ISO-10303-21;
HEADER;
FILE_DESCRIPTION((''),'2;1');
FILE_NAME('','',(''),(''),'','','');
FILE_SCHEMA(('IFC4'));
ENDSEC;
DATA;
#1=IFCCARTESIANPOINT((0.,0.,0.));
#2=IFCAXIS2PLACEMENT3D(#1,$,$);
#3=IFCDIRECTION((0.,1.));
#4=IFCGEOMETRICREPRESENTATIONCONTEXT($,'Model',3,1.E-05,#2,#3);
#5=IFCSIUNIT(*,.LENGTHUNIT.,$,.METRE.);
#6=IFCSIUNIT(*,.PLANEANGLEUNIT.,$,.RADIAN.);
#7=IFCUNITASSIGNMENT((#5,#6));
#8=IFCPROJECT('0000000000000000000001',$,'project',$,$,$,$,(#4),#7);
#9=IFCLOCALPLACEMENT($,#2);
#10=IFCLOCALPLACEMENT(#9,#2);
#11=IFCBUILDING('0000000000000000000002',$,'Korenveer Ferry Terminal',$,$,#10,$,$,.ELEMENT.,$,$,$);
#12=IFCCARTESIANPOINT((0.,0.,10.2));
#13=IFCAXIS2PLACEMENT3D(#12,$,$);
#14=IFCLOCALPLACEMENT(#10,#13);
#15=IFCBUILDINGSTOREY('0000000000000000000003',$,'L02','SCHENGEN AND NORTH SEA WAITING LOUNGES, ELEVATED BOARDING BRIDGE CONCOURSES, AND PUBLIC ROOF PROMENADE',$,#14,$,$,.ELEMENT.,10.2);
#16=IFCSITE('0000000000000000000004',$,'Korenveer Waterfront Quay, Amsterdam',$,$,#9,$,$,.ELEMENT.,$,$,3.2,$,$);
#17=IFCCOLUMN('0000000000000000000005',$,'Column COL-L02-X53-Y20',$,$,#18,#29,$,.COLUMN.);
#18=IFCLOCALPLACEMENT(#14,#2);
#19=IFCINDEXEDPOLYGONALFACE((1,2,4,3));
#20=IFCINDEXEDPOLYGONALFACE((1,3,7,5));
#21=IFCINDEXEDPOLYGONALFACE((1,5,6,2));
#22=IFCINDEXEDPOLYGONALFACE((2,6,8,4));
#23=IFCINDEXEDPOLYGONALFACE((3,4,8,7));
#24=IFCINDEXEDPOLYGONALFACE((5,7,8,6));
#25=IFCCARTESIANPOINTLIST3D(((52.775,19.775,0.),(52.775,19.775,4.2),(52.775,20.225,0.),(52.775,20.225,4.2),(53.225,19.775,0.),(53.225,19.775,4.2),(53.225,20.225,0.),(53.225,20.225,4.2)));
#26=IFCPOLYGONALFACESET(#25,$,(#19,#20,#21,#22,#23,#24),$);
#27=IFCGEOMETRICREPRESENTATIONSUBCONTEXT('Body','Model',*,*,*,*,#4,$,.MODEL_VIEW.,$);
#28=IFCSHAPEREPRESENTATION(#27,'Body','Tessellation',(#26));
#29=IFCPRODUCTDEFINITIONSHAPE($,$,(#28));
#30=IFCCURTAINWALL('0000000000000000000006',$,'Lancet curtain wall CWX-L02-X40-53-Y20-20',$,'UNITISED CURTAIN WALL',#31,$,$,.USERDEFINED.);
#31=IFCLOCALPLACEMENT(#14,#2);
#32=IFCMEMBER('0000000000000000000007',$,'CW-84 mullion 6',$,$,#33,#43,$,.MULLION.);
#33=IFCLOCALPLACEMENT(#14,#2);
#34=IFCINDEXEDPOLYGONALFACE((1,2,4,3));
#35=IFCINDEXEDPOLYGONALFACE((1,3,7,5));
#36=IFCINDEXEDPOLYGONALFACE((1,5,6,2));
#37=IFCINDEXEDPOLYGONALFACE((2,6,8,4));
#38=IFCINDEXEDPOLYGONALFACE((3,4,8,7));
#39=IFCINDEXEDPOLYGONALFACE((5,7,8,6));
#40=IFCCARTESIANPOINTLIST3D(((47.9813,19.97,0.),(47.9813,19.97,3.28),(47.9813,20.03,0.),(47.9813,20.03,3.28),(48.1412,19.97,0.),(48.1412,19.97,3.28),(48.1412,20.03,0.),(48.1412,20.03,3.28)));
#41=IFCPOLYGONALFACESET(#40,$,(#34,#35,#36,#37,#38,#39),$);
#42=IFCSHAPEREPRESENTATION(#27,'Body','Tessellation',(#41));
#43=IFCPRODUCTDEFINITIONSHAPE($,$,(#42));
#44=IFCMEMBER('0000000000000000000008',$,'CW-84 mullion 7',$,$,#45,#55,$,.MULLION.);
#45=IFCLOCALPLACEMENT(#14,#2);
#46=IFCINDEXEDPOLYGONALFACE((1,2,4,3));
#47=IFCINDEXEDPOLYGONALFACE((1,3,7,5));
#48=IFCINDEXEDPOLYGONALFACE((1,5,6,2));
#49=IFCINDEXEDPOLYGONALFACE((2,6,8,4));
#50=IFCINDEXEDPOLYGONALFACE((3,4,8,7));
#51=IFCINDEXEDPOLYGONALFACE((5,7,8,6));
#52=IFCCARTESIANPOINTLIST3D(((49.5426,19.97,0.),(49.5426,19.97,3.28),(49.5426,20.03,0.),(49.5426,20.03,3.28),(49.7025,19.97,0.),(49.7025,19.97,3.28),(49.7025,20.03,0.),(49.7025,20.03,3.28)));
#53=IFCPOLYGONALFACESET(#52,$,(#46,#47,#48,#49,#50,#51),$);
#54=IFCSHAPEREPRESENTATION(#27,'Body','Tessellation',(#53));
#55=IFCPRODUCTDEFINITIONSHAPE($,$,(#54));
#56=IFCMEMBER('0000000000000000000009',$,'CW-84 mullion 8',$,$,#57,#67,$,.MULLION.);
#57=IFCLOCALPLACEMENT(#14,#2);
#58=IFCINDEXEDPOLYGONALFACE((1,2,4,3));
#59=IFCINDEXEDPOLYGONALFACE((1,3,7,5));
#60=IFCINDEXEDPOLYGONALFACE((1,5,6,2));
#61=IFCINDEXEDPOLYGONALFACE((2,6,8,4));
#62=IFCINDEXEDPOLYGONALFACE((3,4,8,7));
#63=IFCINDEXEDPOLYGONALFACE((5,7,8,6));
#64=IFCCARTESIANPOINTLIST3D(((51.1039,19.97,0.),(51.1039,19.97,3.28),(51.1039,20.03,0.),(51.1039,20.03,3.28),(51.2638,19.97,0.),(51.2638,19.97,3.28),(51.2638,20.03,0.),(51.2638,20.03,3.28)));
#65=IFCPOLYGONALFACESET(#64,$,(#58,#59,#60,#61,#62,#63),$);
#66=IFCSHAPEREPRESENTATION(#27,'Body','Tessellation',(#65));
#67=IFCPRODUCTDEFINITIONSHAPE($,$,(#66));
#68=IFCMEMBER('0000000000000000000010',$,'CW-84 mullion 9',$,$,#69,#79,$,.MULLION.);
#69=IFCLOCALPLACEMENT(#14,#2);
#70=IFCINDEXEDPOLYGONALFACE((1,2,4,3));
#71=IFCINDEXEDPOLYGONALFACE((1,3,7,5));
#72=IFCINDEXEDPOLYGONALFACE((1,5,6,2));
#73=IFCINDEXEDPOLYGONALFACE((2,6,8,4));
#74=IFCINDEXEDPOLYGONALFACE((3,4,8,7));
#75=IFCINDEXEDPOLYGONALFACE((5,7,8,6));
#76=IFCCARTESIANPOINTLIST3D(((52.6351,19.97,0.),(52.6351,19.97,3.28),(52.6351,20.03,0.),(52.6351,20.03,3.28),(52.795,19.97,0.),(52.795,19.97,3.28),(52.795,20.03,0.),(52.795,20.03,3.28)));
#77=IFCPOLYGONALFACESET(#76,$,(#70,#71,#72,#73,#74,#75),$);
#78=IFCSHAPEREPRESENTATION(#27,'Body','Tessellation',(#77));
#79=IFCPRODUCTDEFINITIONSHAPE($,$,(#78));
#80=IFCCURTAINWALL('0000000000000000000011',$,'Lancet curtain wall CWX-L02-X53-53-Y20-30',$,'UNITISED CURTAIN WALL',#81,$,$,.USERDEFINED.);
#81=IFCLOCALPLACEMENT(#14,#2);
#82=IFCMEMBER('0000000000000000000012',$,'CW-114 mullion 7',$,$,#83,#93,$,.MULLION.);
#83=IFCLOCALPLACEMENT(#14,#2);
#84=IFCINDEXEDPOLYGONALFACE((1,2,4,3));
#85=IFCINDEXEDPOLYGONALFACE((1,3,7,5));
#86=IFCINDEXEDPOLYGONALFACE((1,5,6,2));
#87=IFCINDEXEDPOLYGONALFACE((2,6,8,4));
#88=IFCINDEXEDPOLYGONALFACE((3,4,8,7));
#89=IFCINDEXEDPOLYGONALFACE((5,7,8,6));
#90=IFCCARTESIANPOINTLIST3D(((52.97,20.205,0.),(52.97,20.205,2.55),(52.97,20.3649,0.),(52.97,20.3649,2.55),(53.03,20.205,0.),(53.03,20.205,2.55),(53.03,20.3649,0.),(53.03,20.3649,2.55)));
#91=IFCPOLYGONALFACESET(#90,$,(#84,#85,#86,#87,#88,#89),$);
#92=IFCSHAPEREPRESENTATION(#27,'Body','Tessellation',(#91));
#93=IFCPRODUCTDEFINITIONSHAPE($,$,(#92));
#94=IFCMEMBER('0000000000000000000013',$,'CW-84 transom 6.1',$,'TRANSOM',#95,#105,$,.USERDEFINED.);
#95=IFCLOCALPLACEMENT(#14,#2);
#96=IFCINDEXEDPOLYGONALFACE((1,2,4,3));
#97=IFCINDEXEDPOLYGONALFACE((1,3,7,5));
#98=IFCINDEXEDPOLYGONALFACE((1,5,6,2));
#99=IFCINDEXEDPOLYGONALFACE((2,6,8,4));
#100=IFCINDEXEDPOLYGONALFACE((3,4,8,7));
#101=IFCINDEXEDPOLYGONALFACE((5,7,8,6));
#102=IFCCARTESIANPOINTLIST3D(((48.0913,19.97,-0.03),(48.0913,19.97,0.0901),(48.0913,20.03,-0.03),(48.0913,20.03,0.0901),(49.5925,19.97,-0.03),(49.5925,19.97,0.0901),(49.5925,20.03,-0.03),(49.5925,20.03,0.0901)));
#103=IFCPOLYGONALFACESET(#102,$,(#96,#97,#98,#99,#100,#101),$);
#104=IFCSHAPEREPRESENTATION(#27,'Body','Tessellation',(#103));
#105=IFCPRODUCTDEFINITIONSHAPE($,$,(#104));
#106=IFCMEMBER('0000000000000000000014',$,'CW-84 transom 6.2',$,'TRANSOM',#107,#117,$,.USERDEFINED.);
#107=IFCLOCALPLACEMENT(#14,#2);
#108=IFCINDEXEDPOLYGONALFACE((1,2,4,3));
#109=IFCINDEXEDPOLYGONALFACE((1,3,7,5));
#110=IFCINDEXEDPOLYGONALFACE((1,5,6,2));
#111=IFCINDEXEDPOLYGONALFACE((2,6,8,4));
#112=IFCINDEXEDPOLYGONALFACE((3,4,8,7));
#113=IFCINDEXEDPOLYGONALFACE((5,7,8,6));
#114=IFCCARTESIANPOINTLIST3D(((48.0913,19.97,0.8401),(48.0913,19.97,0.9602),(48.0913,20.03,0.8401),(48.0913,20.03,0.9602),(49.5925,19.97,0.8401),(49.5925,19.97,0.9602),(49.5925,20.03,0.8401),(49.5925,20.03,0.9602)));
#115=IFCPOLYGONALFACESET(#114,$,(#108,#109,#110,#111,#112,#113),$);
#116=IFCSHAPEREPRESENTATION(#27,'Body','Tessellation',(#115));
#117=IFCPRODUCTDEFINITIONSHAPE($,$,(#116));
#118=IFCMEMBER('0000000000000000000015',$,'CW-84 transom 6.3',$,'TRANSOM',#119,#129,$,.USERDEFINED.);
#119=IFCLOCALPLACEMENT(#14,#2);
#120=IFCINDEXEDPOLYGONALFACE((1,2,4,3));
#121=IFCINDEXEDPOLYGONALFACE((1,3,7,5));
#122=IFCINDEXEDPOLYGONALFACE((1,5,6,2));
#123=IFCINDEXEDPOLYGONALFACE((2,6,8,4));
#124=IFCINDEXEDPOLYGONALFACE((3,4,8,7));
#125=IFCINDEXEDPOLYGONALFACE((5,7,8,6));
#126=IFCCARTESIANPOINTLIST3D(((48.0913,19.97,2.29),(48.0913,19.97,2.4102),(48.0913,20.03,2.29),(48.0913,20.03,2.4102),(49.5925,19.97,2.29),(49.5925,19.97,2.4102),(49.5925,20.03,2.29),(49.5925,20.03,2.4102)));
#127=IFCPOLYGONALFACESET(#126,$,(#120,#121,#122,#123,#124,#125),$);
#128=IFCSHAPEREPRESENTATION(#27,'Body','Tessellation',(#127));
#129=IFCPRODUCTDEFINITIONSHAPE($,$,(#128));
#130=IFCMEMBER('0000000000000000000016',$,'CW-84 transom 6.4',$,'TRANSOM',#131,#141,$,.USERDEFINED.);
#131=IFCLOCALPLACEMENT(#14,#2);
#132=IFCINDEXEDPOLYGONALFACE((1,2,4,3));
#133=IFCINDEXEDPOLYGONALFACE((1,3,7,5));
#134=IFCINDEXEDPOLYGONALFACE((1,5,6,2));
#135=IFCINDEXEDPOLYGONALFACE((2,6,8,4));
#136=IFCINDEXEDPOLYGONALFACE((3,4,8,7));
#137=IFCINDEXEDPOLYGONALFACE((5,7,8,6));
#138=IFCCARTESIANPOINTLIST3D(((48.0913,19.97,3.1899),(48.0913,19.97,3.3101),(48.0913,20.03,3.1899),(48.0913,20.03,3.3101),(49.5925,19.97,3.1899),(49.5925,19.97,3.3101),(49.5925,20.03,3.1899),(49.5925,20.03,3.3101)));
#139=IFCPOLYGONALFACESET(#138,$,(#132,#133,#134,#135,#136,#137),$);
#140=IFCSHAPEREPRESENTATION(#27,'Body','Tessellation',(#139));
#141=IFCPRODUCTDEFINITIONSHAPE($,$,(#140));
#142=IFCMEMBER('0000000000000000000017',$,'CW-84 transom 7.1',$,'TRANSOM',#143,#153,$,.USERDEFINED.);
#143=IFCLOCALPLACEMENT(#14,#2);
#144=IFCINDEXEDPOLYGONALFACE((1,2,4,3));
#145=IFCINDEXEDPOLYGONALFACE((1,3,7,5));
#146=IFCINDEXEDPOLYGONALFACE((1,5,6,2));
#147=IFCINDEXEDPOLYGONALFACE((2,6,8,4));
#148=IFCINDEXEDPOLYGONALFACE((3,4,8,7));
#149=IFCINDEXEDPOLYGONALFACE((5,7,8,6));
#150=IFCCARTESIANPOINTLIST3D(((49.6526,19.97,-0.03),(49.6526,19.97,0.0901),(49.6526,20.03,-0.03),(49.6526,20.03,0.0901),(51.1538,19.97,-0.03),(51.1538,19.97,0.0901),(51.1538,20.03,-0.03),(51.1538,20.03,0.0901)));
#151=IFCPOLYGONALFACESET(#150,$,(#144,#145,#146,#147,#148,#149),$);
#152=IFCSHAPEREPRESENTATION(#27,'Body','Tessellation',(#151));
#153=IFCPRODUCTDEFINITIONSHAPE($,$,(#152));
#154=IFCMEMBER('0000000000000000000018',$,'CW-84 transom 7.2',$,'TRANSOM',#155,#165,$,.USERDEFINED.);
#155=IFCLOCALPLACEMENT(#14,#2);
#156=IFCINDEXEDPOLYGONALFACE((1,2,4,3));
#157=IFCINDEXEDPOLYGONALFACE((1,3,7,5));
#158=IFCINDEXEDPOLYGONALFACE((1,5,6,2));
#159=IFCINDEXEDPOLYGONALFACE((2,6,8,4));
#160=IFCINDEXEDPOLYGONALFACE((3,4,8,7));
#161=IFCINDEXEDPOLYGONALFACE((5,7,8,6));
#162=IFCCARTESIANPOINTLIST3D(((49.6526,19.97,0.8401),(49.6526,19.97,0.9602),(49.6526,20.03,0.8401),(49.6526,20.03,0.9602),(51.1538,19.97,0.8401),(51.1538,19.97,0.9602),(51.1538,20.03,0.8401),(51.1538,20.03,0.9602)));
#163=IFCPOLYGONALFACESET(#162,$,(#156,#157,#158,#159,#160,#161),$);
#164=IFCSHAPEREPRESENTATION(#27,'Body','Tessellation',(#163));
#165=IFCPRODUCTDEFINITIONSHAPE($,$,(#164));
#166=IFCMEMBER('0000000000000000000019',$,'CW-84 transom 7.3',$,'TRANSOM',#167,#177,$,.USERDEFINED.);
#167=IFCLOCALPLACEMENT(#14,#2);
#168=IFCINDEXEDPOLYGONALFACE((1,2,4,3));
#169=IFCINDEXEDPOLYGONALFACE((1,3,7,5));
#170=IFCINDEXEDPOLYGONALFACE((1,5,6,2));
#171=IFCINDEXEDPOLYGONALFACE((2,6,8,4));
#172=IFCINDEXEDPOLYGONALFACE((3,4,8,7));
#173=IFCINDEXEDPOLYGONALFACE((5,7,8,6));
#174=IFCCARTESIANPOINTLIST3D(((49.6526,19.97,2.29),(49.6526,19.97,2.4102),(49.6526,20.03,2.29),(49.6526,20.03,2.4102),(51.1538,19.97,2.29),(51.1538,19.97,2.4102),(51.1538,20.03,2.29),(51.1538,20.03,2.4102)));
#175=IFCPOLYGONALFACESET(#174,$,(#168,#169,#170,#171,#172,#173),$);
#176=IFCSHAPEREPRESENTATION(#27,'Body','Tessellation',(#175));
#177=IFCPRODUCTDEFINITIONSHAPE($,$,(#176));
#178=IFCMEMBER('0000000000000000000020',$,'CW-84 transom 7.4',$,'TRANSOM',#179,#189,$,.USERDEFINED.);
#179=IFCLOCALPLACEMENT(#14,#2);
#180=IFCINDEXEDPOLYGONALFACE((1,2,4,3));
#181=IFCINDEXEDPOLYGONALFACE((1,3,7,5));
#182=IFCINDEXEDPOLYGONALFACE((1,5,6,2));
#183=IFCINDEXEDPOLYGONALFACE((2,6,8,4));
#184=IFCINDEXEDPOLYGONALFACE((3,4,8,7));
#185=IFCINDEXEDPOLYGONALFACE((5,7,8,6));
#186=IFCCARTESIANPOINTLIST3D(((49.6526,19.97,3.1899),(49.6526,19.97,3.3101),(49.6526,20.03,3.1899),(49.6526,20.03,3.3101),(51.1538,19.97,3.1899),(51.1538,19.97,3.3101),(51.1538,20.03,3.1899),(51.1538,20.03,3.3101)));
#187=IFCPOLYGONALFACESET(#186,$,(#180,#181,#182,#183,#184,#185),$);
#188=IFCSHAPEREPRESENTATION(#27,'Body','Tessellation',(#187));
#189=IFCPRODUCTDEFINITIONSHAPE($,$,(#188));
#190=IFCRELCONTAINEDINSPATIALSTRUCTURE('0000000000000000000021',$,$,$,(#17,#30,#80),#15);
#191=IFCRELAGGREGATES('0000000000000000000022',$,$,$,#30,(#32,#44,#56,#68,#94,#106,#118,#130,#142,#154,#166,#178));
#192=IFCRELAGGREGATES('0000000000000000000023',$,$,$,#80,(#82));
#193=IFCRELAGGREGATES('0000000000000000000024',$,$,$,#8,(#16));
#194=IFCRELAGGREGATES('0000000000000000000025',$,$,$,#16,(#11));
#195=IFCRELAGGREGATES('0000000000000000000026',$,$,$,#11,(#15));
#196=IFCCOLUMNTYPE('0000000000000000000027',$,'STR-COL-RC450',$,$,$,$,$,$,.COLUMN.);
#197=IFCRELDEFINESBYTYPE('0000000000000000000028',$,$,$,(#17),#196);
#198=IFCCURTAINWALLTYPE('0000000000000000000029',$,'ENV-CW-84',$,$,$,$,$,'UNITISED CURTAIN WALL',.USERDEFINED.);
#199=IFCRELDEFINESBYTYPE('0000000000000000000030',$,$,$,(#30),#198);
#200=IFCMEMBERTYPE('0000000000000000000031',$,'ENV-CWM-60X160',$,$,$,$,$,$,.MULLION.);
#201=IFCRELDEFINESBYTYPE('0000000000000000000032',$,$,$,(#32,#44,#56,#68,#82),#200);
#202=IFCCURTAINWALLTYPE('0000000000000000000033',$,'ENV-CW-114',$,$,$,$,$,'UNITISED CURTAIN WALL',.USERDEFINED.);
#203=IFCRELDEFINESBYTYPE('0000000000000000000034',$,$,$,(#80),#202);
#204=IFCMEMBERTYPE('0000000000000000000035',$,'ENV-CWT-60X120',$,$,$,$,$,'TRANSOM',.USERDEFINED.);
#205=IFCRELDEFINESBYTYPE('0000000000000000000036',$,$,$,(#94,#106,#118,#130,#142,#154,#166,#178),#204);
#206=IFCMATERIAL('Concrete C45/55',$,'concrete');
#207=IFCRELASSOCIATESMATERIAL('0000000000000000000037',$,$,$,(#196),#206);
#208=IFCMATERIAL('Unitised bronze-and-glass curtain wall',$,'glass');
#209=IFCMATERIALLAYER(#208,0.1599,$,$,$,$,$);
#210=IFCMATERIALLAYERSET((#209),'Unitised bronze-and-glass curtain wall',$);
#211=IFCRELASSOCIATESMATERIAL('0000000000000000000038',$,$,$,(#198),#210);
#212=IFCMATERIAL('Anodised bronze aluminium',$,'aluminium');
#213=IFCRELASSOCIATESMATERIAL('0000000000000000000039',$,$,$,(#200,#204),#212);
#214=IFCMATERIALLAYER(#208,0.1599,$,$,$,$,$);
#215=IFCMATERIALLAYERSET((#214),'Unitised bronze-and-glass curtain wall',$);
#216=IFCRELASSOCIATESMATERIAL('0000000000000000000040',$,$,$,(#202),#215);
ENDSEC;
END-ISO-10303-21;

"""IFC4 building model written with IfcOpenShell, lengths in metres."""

from ifc_helpers import new_model, si_unit, direction, frame, origin, origin_2d, place, context, subcontext, project, spatial, rectangle, extrude, material, layer, layer_set, material_profile, profile_set, type_object, element, aggregate, save


model = new_model("IFC4")

# Units and contexts
model_context = context("Model", 3, precision=1e-05, world=origin(), true_north=direction((0.0, 1.0)))
body_context = subcontext(model_context, "Body", "Model", "MODEL_VIEW")
ifc_project = project(units=[si_unit("LENGTHUNIT", "METRE"), si_unit("PLANEANGLEUNIT", "RADIAN")], contexts=[model_context])

# Site, building, storey
site_placement = place(None, origin())
site = spatial("IfcSite", under=ifc_project, at=site_placement, Name="Korenveer Waterfront Quay, Amsterdam", CompositionType="ELEMENT", RefElevation=3.2)
building_placement = place(site_placement, origin())
building = spatial("IfcBuilding", under=site, at=building_placement, Name="Korenveer Ferry Terminal", CompositionType="ELEMENT")
storey_placement = place(building_placement, frame((0.0, 0.0, 10.2)))
storey = spatial("IfcBuildingStorey", under=building, at=storey_placement, Name="L02", Description="SCHENGEN AND NORTH SEA WAITING LOUNGES, ELEVATED BOARDING BRIDGE CONCOURSES, AND PUBLIC ROOF PROMENADE", CompositionType="ELEMENT", Elevation=10.2)

# Column
ifc_material_1 = material(Name="Concrete C45/55", Category="concrete")
ifc_material_profile_1 = material_profile(ifc_material_1, rectangle(XDim=0.45, YDim=0.45, at=origin_2d()), Name="RC 450x450")
ifc_profile_set_1 = profile_set([ifc_material_profile_1], Name="Concrete C45/55")
column_type = type_object("IfcColumnType", Name="STR-COL-RC450", PredefinedType="COLUMN", material=ifc_profile_set_1)
column_placement = place(storey_placement, frame((53.0, 20.0, 0.0), z_axis=(0.0, 0.0, 1.0), x_axis=(1.0, 0.0, 0.0)))
element("IfcColumn", 1, at=column_placement, inside=storey, type_object=column_type, Name="Column COL-L02-X53-Y20", PredefinedType="COLUMN", context=body_context, shape_type="SweptSolid", body=[
    extrude(rectangle(XDim=0.45, YDim=0.45, at=origin_2d()), origin(), (0.0, 0.0, 1.0), 4.2),
])

# Curtain wall, members
ifc_material_2 = material(Name="Unitised bronze-and-glass curtain wall", Category="glass")
ifc_layer_1 = layer(ifc_material_2, 0.1599)
ifc_layer_set_1 = layer_set([ifc_layer_1], Name="Unitised bronze-and-glass curtain wall")
curtain_wall_type_1 = type_object("IfcCurtainWallType", Name="ENV-CW-84", ElementType="UNITISED CURTAIN WALL", PredefinedType="USERDEFINED", material=ifc_layer_set_1)
curtain_wall_1_placement = place(storey_placement, frame((40.2549, 20.0, 0.0)))
curtain_wall_1 = element("IfcCurtainWall", 2, at=curtain_wall_1_placement, inside=storey, type_object=curtain_wall_type_1, Name="Lancet curtain wall CWX-L02-X40-53-Y20-20", ObjectType="UNITISED CURTAIN WALL", PredefinedType="USERDEFINED")
ifc_material_3 = material(Name="Anodised bronze aluminium", Category="aluminium")
ifc_material_profile_2 = material_profile(ifc_material_3, rectangle(XDim=0.0601, YDim=0.1599, at=origin_2d()), Name="ALU 60x160")
ifc_profile_set_2 = profile_set([ifc_material_profile_2], Name="Anodised bronze aluminium")
member_type_1 = type_object("IfcMemberType", Name="ENV-CWM-60X160", PredefinedType="MULLION", material=ifc_profile_set_2)
member_1_placement = place(storey_placement, frame((48.0613, 20.0, 0.0), z_axis=(0.0, 0.0, 1.0), x_axis=(0.0, 1.0, 0.0)))
member_1 = element("IfcMember", 3, at=member_1_placement, type_object=member_type_1, Name="CW-84 mullion 6", PredefinedType="MULLION", context=body_context, shape_type="SweptSolid", body=[
    extrude(rectangle(XDim=0.0601, YDim=0.1599, at=origin_2d()), origin(), (0.0, 0.0, 1.0), 3.28),
])
member_2_placement = place(storey_placement, frame((49.6226, 20.0, 0.0), z_axis=(0.0, 0.0, 1.0), x_axis=(0.0, 1.0, 0.0)))
member_2 = element("IfcMember", 4, at=member_2_placement, type_object=member_type_1, Name="CW-84 mullion 7", PredefinedType="MULLION", context=body_context, shape_type="SweptSolid", body=[
    extrude(rectangle(XDim=0.0601, YDim=0.1599, at=origin_2d()), origin(), (0.0, 0.0, 1.0), 3.28),
])
member_3_placement = place(storey_placement, frame((51.1838, 20.0, 0.0), z_axis=(0.0, 0.0, 1.0), x_axis=(0.0, 1.0, 0.0)))
member_3 = element("IfcMember", 5, at=member_3_placement, type_object=member_type_1, Name="CW-84 mullion 8", PredefinedType="MULLION", context=body_context, shape_type="SweptSolid", body=[
    extrude(rectangle(XDim=0.0601, YDim=0.1599, at=origin_2d()), origin(), (0.0, 0.0, 1.0), 3.28),
])
member_4_placement = place(storey_placement, frame((52.7151, 20.0, 0.0), z_axis=(0.0, 0.0, 1.0), x_axis=(0.0, 1.0, 0.0)))
member_4 = element("IfcMember", 6, at=member_4_placement, type_object=member_type_1, Name="CW-84 mullion 9", PredefinedType="MULLION", context=body_context, shape_type="SweptSolid", body=[
    extrude(rectangle(XDim=0.0601, YDim=0.1599, at=origin_2d()), origin(), (0.0, 0.0, 1.0), 3.28),
])

# Curtain wall, member
ifc_layer_2 = layer(ifc_material_2, 0.1599)
ifc_layer_set_2 = layer_set([ifc_layer_2], Name="Unitised bronze-and-glass curtain wall")
curtain_wall_type_2 = type_object("IfcCurtainWallType", Name="ENV-CW-114", ElementType="UNITISED CURTAIN WALL", PredefinedType="USERDEFINED", material=ifc_layer_set_2)
curtain_wall_2_placement = place(storey_placement, frame((53.0, 29.7451, 0.0)))
curtain_wall_2 = element("IfcCurtainWall", 7, at=curtain_wall_2_placement, inside=storey, type_object=curtain_wall_type_2, Name="Lancet curtain wall CWX-L02-X53-53-Y20-30", ObjectType="UNITISED CURTAIN WALL", PredefinedType="USERDEFINED")
member_5_placement = place(storey_placement, frame((53.0, 20.2849, 0.0), z_axis=(0.0, 0.0, 1.0), x_axis=(1.0, 0.0, 0.0)))
member_5 = element("IfcMember", 8, at=member_5_placement, type_object=member_type_1, Name="CW-114 mullion 7", PredefinedType="MULLION", context=body_context, shape_type="SweptSolid", body=[
    extrude(rectangle(XDim=0.0601, YDim=0.1599, at=origin_2d()), origin(), (0.0, 0.0, 1.0), 2.55),
])

# Members
ifc_material_profile_3 = material_profile(ifc_material_3, rectangle(XDim=0.0601, YDim=0.1201, at=origin_2d()), Name="ALU 60x120")
ifc_profile_set_3 = profile_set([ifc_material_profile_3], Name="Anodised bronze aluminium")
member_type_2 = type_object("IfcMemberType", Name="ENV-CWT-60X120", ElementType="TRANSOM", PredefinedType="USERDEFINED", material=ifc_profile_set_3)
member_6_placement = place(storey_placement, frame((48.0913, 20.0, 0.03), z_axis=(1.0, 0.0, 0.0), x_axis=(0.0, 1.0, 0.0)))
member_6 = element("IfcMember", 9, at=member_6_placement, type_object=member_type_2, Name="CW-84 transom 6.1", ObjectType="TRANSOM", PredefinedType="USERDEFINED", context=body_context, shape_type="SweptSolid", body=[
    extrude(rectangle(XDim=0.0601, YDim=0.1201, at=origin_2d()), origin(), (0.0, 0.0, 1.0), 1.5012),
])
member_7_placement = place(storey_placement, frame((48.0913, 20.0, 0.9001), z_axis=(1.0, 0.0, 0.0), x_axis=(0.0, 1.0, 0.0)))
member_7 = element("IfcMember", 10, at=member_7_placement, type_object=member_type_2, Name="CW-84 transom 6.2", ObjectType="TRANSOM", PredefinedType="USERDEFINED", context=body_context, shape_type="SweptSolid", body=[
    extrude(rectangle(XDim=0.0601, YDim=0.1201, at=origin_2d()), origin(), (0.0, 0.0, 1.0), 1.5012),
])
member_8_placement = place(storey_placement, frame((48.0913, 20.0, 2.3501), z_axis=(1.0, 0.0, 0.0), x_axis=(0.0, 1.0, 0.0)))
member_8 = element("IfcMember", 11, at=member_8_placement, type_object=member_type_2, Name="CW-84 transom 6.3", ObjectType="TRANSOM", PredefinedType="USERDEFINED", context=body_context, shape_type="SweptSolid", body=[
    extrude(rectangle(XDim=0.0601, YDim=0.1201, at=origin_2d()), origin(), (0.0, 0.0, 1.0), 1.5012),
])
member_9_placement = place(storey_placement, frame((48.0913, 20.0, 3.25), z_axis=(1.0, 0.0, 0.0), x_axis=(0.0, 1.0, 0.0)))
member_9 = element("IfcMember", 12, at=member_9_placement, type_object=member_type_2, Name="CW-84 transom 6.4", ObjectType="TRANSOM", PredefinedType="USERDEFINED", context=body_context, shape_type="SweptSolid", body=[
    extrude(rectangle(XDim=0.0601, YDim=0.1201, at=origin_2d()), origin(), (0.0, 0.0, 1.0), 1.5012),
])
member_10_placement = place(storey_placement, frame((49.6526, 20.0, 0.03), z_axis=(1.0, 0.0, 0.0), x_axis=(0.0, 1.0, 0.0)))
member_10 = element("IfcMember", 13, at=member_10_placement, type_object=member_type_2, Name="CW-84 transom 7.1", ObjectType="TRANSOM", PredefinedType="USERDEFINED", context=body_context, shape_type="SweptSolid", body=[
    extrude(rectangle(XDim=0.0601, YDim=0.1201, at=origin_2d()), origin(), (0.0, 0.0, 1.0), 1.5012),
])
member_11_placement = place(storey_placement, frame((49.6526, 20.0, 0.9001), z_axis=(1.0, 0.0, 0.0), x_axis=(0.0, 1.0, 0.0)))
member_11 = element("IfcMember", 14, at=member_11_placement, type_object=member_type_2, Name="CW-84 transom 7.2", ObjectType="TRANSOM", PredefinedType="USERDEFINED", context=body_context, shape_type="SweptSolid", body=[
    extrude(rectangle(XDim=0.0601, YDim=0.1201, at=origin_2d()), origin(), (0.0, 0.0, 1.0), 1.5012),
])
member_12_placement = place(storey_placement, frame((49.6526, 20.0, 2.3501), z_axis=(1.0, 0.0, 0.0), x_axis=(0.0, 1.0, 0.0)))
member_12 = element("IfcMember", 15, at=member_12_placement, type_object=member_type_2, Name="CW-84 transom 7.3", ObjectType="TRANSOM", PredefinedType="USERDEFINED", context=body_context, shape_type="SweptSolid", body=[
    extrude(rectangle(XDim=0.0601, YDim=0.1201, at=origin_2d()), origin(), (0.0, 0.0, 1.0), 1.5012),
])
member_13_placement = place(storey_placement, frame((49.6526, 20.0, 3.25), z_axis=(1.0, 0.0, 0.0), x_axis=(0.0, 1.0, 0.0)))
member_13 = element("IfcMember", 16, at=member_13_placement, type_object=member_type_2, Name="CW-84 transom 7.4", ObjectType="TRANSOM", PredefinedType="USERDEFINED", context=body_context, shape_type="SweptSolid", body=[
    extrude(rectangle(XDim=0.0601, YDim=0.1201, at=origin_2d()), origin(), (0.0, 0.0, 1.0), 1.5012),
])

aggregate(curtain_wall_1, [member_1, member_2, member_3, member_4, member_6, member_7, member_8, member_9, member_10, member_11, member_12, member_13])
aggregate(curtain_wall_2, [member_5])

save(model, "model.ifc")
